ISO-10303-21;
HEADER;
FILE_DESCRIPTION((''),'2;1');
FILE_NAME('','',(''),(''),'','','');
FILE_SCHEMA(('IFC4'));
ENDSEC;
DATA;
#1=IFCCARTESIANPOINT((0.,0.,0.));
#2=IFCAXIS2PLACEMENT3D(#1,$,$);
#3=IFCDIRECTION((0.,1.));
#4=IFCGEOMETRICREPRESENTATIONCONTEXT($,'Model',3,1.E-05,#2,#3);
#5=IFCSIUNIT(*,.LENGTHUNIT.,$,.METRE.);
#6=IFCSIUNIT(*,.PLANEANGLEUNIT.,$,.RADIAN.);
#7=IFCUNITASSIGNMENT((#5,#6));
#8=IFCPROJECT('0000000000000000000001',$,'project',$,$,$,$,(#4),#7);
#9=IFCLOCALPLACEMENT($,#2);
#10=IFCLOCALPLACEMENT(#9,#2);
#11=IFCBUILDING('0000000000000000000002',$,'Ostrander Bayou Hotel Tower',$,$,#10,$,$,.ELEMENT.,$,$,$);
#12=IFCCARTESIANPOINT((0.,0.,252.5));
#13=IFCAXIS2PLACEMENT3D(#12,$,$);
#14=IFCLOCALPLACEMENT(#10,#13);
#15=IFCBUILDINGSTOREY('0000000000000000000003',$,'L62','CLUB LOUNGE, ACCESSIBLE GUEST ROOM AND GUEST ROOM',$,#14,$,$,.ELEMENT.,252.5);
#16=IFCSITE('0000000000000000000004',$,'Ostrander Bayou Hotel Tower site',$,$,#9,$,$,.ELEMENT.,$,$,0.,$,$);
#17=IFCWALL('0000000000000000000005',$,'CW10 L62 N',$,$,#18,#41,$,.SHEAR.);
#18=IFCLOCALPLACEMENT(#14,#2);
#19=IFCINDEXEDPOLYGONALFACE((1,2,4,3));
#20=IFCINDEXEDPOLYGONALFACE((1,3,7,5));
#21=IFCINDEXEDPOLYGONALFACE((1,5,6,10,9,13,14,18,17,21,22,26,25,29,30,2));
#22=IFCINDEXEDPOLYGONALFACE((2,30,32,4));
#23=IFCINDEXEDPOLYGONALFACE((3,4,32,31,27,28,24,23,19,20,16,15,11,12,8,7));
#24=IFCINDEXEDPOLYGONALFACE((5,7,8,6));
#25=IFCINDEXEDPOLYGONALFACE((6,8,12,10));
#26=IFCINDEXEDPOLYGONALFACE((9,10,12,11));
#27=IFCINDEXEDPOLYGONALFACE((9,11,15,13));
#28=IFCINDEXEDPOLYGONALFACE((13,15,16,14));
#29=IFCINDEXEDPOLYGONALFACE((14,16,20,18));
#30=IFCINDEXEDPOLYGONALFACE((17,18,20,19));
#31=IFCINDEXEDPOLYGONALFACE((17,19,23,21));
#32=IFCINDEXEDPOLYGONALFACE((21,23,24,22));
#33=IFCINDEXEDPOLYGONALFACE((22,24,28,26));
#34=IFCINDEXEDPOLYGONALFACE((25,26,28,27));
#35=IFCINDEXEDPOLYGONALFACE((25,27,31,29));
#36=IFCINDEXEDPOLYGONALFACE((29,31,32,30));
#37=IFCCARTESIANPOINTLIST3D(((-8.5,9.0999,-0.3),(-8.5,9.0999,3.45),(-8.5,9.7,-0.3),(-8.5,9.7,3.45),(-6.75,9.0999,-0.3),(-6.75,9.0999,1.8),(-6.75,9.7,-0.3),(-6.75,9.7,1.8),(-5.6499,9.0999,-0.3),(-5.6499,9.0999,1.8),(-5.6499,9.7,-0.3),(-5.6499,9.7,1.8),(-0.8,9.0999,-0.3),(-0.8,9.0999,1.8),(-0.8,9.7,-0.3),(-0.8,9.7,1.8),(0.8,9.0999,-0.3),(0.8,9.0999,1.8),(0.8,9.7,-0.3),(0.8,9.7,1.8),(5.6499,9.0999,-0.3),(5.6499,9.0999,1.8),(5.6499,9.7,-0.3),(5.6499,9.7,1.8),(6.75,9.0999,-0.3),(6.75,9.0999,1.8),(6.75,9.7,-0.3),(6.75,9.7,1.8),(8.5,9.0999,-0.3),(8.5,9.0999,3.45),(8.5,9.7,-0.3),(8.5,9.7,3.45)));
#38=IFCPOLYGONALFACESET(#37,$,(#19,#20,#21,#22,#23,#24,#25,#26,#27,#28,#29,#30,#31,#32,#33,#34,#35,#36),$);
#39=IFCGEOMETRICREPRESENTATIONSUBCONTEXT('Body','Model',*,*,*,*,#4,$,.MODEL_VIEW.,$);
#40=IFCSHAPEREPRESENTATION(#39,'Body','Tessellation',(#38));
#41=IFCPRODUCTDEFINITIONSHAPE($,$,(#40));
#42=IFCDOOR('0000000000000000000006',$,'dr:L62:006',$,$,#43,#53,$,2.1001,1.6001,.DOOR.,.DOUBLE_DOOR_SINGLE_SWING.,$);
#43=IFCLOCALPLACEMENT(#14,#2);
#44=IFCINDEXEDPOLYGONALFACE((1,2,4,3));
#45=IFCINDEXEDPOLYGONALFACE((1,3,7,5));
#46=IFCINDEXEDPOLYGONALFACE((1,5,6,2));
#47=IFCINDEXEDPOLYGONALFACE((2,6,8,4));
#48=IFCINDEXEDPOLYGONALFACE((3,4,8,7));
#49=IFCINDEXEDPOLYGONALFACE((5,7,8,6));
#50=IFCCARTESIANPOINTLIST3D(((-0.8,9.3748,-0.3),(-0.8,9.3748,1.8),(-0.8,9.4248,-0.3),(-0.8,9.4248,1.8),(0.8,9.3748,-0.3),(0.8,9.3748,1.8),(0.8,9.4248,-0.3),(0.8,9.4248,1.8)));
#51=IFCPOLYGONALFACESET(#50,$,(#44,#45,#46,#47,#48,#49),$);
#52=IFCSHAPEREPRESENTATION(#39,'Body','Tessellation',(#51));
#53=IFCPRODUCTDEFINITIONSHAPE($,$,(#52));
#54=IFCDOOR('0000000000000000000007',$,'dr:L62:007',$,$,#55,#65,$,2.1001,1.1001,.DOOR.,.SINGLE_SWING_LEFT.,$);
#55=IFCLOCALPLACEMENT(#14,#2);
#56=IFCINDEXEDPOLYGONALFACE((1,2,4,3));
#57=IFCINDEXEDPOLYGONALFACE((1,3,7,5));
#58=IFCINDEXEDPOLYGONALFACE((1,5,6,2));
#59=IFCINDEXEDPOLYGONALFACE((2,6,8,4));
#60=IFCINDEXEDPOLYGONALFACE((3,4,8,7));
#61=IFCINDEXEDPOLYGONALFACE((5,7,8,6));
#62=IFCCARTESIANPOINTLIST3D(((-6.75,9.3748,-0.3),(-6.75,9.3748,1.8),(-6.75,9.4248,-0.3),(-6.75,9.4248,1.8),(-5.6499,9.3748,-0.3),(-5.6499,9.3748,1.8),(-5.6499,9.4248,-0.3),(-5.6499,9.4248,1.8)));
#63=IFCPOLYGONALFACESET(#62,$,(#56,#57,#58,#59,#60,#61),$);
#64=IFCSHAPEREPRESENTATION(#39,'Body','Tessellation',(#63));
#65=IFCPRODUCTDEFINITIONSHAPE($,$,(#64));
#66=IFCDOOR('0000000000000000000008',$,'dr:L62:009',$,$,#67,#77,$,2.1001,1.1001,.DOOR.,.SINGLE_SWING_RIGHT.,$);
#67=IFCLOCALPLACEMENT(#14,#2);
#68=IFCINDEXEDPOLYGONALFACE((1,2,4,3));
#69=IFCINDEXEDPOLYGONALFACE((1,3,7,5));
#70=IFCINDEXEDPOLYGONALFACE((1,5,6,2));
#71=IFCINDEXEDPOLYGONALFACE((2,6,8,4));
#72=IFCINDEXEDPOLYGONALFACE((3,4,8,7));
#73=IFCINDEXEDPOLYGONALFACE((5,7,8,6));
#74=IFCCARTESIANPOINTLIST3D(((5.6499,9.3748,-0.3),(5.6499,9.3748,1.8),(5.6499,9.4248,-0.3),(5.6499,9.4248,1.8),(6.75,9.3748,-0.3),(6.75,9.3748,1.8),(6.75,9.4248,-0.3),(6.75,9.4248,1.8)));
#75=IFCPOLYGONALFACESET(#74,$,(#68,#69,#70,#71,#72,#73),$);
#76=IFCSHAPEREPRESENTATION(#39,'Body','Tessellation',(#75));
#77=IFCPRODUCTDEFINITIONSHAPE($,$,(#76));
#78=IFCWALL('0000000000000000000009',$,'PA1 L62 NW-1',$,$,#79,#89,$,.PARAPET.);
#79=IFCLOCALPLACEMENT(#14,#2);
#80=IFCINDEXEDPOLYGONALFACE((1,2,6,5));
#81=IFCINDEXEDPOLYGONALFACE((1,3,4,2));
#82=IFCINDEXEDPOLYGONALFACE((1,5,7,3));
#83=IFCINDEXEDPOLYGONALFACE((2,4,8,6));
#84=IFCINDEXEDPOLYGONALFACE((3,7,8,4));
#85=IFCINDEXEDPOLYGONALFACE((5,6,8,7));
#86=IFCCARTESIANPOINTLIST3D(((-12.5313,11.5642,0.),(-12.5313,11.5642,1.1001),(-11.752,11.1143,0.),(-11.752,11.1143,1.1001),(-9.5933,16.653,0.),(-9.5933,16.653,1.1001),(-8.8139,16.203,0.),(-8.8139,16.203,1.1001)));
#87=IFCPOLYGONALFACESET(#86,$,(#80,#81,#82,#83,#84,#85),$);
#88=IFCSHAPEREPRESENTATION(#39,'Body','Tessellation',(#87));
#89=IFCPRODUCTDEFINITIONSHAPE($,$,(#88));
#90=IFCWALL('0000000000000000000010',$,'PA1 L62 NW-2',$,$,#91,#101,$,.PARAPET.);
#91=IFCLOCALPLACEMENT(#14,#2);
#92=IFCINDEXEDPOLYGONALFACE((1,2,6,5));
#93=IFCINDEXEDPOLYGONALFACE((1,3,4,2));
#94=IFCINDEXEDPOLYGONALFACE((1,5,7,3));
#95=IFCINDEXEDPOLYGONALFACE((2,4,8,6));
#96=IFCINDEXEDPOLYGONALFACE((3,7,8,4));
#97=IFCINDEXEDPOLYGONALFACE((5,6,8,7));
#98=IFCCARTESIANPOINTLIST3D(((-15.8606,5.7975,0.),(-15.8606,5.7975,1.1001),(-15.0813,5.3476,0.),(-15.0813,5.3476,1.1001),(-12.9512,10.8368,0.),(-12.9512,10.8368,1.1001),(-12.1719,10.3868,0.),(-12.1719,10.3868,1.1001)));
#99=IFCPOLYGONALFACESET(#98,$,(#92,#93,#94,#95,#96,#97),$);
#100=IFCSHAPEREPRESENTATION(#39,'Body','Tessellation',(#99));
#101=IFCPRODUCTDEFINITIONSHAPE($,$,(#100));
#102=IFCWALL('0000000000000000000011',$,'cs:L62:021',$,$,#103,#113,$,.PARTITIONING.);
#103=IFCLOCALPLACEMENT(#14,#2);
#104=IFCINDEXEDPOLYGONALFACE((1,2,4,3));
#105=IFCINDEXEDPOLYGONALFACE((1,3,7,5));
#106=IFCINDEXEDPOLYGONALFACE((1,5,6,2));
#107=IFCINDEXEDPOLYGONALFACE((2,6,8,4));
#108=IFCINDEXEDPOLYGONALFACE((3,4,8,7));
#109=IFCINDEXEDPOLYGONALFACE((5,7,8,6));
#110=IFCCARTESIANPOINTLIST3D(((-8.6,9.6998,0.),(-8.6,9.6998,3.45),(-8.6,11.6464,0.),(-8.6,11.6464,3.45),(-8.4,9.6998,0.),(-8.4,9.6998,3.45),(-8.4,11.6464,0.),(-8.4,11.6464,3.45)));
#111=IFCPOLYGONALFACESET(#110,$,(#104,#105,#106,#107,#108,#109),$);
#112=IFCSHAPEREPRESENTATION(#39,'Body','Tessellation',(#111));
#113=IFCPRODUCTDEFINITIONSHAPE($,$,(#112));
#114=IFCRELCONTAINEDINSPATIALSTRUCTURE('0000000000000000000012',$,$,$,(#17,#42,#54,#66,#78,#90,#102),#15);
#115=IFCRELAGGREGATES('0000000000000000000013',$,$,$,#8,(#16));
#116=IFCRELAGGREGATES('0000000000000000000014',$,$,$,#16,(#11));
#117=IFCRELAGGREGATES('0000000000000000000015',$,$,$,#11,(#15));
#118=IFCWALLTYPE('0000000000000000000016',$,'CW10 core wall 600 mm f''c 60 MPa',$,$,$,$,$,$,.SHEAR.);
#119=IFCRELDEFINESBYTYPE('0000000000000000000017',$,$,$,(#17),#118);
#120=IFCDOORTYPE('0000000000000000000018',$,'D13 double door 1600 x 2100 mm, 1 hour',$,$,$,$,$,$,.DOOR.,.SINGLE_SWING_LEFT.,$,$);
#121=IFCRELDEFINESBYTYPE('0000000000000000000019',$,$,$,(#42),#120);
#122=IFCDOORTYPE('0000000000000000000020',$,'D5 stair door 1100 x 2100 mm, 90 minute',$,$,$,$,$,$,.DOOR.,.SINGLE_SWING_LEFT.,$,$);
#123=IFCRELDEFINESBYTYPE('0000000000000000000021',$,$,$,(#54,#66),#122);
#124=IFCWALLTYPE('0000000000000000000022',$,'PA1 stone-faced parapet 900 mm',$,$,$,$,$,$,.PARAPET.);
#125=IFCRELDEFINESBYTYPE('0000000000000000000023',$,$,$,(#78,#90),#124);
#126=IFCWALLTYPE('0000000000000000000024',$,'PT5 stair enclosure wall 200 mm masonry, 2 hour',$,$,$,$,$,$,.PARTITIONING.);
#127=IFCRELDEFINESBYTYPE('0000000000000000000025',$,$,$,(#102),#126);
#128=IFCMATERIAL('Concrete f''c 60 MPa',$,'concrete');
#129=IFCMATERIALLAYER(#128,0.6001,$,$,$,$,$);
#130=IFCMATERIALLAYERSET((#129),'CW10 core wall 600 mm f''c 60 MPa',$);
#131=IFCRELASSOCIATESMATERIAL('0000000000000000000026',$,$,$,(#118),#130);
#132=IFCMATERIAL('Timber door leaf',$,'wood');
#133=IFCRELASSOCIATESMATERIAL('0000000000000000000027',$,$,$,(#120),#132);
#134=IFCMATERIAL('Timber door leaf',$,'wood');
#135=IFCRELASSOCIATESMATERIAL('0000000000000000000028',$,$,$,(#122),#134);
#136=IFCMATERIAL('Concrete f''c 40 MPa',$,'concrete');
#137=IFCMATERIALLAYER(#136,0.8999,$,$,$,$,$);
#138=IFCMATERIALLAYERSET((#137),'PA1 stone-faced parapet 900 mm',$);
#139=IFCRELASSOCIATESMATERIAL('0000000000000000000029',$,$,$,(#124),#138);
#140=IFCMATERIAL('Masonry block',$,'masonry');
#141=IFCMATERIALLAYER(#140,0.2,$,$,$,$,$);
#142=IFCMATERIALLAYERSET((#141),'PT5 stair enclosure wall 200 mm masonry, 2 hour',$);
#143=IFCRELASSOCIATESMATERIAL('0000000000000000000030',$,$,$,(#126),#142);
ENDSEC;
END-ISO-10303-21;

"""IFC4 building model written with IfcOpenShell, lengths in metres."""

from ifc_helpers import new_model, si_unit, direction, frame, frame_2d, origin, place, context, subcontext, project, spatial, rectangle, extrude, material, layer, layer_set, type_object, element, fill, save


model = new_model("IFC4")

# Units and contexts
model_context = context("Model", 3, precision=1e-05, world=origin(), true_north=direction((0.0, 1.0)))
body_context = subcontext(model_context, "Body", "Model", "MODEL_VIEW")
ifc_project = project(units=[si_unit("LENGTHUNIT", "METRE"), si_unit("PLANEANGLEUNIT", "RADIAN")], contexts=[model_context])

# Site, building, storey
site_placement = place(None, origin())
site = spatial("IfcSite", under=ifc_project, at=site_placement, Name="Ostrander Bayou Hotel Tower site", CompositionType="ELEMENT", RefElevation=0.0)
building_placement = place(site_placement, origin())
building = spatial("IfcBuilding", under=site, at=building_placement, Name="Ostrander Bayou Hotel Tower", CompositionType="ELEMENT")
storey_placement = place(building_placement, frame((0.0, 0.0, 252.5)))
storey = spatial("IfcBuildingStorey", under=building, at=storey_placement, Name="L62", Description="CLUB LOUNGE, ACCESSIBLE GUEST ROOM AND GUEST ROOM", CompositionType="ELEMENT", Elevation=252.5)

# Wall, openings, doors
ifc_material_1 = material(Name="Concrete f'c 60 MPa", Category="concrete")
ifc_layer_1 = layer(ifc_material_1, 0.6001)
ifc_layer_set_1 = layer_set([ifc_layer_1], Name="CW10 core wall 600 mm f'c 60 MPa")
wall_type_1 = type_object("IfcWallType", Name="CW10 core wall 600 mm f'c 60 MPa", PredefinedType="SHEAR", material=ifc_layer_set_1)
wall_1_placement = place(storey_placement, frame((-8.5, 9.3999, -0.3), z_axis=(0.0, 0.0, 1.0), x_axis=(1.0, 0.0, 0.0)))
wall_1 = element("IfcWall", 1, at=wall_1_placement, inside=storey, type_object=wall_type_1, Name="CW10 L62 N", PredefinedType="SHEAR", context=body_context, shape_type="SweptSolid", body=[
    extrude(rectangle(XDim=17.0, YDim=0.6001, at=frame_2d((8.5, 0.0))), origin(), (0.0, 0.0, 1.0), 3.75),
])
opening_1_placement = place(wall_1_placement, frame((7.7, 0.0, 0.0)))
opening_1 = element("IfcOpeningElement", 2, at=opening_1_placement, cuts=wall_1, PredefinedType="OPENING", context=body_context, shape_type="SweptSolid", body=[
    extrude(rectangle(XDim=1.6001, YDim=2.1001, at=frame_2d((0.8, 1.05))), frame((0.0, 0.3, 0.0), z_axis=(0.0, -1.0, 0.0), x_axis=(1.0, 0.0, 0.0)), (0.0, 0.0, 1.0), 0.6001),
])
opening_2_placement = place(wall_1_placement, frame((1.75, 0.0, 0.0)))
opening_2 = element("IfcOpeningElement", 3, at=opening_2_placement, cuts=wall_1, PredefinedType="OPENING", context=body_context, shape_type="SweptSolid", body=[
    extrude(rectangle(XDim=1.1001, YDim=2.1001, at=frame_2d((0.55, 1.05))), frame((0.0, 0.3, 0.0), z_axis=(0.0, -1.0, 0.0), x_axis=(1.0, 0.0, 0.0)), (0.0, 0.0, 1.0), 0.6001),
])
opening_3_placement = place(wall_1_placement, frame((14.1499, 0.0, 0.0)))
opening_3 = element("IfcOpeningElement", 4, at=opening_3_placement, cuts=wall_1, PredefinedType="OPENING", context=body_context, shape_type="SweptSolid", body=[
    extrude(rectangle(XDim=1.1001, YDim=2.1001, at=frame_2d((0.55, 1.05))), frame((0.0, 0.3, 0.0), z_axis=(0.0, -1.0, 0.0), x_axis=(1.0, 0.0, 0.0)), (0.0, 0.0, 1.0), 0.6001),
])
ifc_material_2 = material(Name="Timber door leaf", Category="wood")
door_type_1 = type_object("IfcDoorType", Name="D13 double door 1600 x 2100 mm, 1 hour", OperationType="SINGLE_SWING_LEFT", PredefinedType="DOOR", material=ifc_material_2)
door_1_placement = place(opening_1_placement, origin())
door_1 = element("IfcDoor", 5, at=door_1_placement, inside=storey, type_object=door_type_1, Name="dr:L62:006", OperationType="DOUBLE_DOOR_SINGLE_SWING", OverallHeight=2.1001, OverallWidth=1.6001, PredefinedType="DOOR", context=body_context, shape_type="SweptSolid", body=[
    extrude(rectangle(XDim=1.6001, YDim=2.1001, at=frame_2d((0.8, 1.05))), frame((0.0, 0.0249, 0.0), z_axis=(0.0, -1.0, 0.0), x_axis=(1.0, 0.0, 0.0)), (0.0, 0.0, 1.0), 0.05),
])
fill(opening_1, door_1)
ifc_material_3 = material(Name="Timber door leaf", Category="wood")
door_type_2 = type_object("IfcDoorType", Name="D5 stair door 1100 x 2100 mm, 90 minute", OperationType="SINGLE_SWING_LEFT", PredefinedType="DOOR", material=ifc_material_3)
door_2_placement = place(opening_2_placement, origin())
door_2 = element("IfcDoor", 6, at=door_2_placement, inside=storey, type_object=door_type_2, Name="dr:L62:007", OperationType="SINGLE_SWING_LEFT", OverallHeight=2.1001, OverallWidth=1.1001, PredefinedType="DOOR", context=body_context, shape_type="SweptSolid", body=[
    extrude(rectangle(XDim=1.1001, YDim=2.1001, at=frame_2d((0.55, 1.05))), frame((0.0, 0.0249, 0.0), z_axis=(0.0, -1.0, 0.0), x_axis=(1.0, 0.0, 0.0)), (0.0, 0.0, 1.0), 0.05),
])
fill(opening_2, door_2)
door_3_placement = place(opening_3_placement, origin())
door_3 = element("IfcDoor", 7, at=door_3_placement, inside=storey, type_object=door_type_2, Name="dr:L62:009", OperationType="SINGLE_SWING_RIGHT", OverallHeight=2.1001, OverallWidth=1.1001, PredefinedType="DOOR", context=body_context, shape_type="SweptSolid", body=[
    extrude(rectangle(XDim=1.1001, YDim=2.1001, at=frame_2d((0.55, 1.05))), frame((0.0, 0.0249, 0.0), z_axis=(0.0, -1.0, 0.0), x_axis=(1.0, 0.0, 0.0)), (0.0, 0.0, 1.0), 0.05),
])
fill(opening_3, door_3)

# Walls
ifc_material_4 = material(Name="Concrete f'c 40 MPa", Category="concrete")
ifc_layer_2 = layer(ifc_material_4, 0.8999)
ifc_layer_set_2 = layer_set([ifc_layer_2], Name="PA1 stone-faced parapet 900 mm")
wall_type_2 = type_object("IfcWallType", Name="PA1 stone-faced parapet 900 mm", PredefinedType="PARAPET", material=ifc_layer_set_2)
wall_2_placement = place(storey_placement, frame((-9.2036, 16.428, 0.0), z_axis=(0.0, 0.0, 1.0), x_axis=(-0.500009, -0.86602, 0.0)))
element("IfcWall", 8, at=wall_2_placement, inside=storey, type_object=wall_type_2, Name="PA1 L62 NW-1", PredefinedType="PARAPET", context=body_context, shape_type="SweptSolid", body=[
    extrude(rectangle(XDim=5.876, YDim=0.8999, at=frame_2d((2.938, 0.0))), origin(), (0.0, 0.0, 1.0), 1.1001),
])
wall_3_placement = place(storey_placement, frame((-12.5615, 10.6118, 0.0), z_axis=(0.0, 0.0, 1.0), x_axis=(-0.499997, -0.866027, 0.0)))
element("IfcWall", 9, at=wall_3_placement, inside=storey, type_object=wall_type_2, Name="PA1 L62 NW-2", PredefinedType="PARAPET", context=body_context, shape_type="SweptSolid", body=[
    extrude(rectangle(XDim=5.8188, YDim=0.8999, at=frame_2d((2.9094, 0.0))), origin(), (0.0, 0.0, 1.0), 1.1001),
])

# Shared definitions
ifc_material_5 = material(Name="Masonry block", Category="masonry")
ifc_layer_3 = layer(ifc_material_5, 0.2)
ifc_layer_set_3 = layer_set([ifc_layer_3], Name="PT5 stair enclosure wall 200 mm masonry, 2 hour")
wall_type_3 = type_object("IfcWallType", Name="PT5 stair enclosure wall 200 mm masonry, 2 hour", PredefinedType="PARTITIONING", material=ifc_layer_set_3)

# Wall
wall_4_placement = place(storey_placement, frame((-8.5, 9.7, 0.0), z_axis=(0.0, 0.0, 1.0), x_axis=(0.0, 1.0, 0.0)))
element("IfcWall", 10, at=wall_4_placement, inside=storey, type_object=wall_type_3, Name="cs:L62:021", PredefinedType="PARTITIONING", context=body_context, shape_type="SweptSolid", body=[
    extrude(rectangle(XDim=1.9465, YDim=0.2, at=frame_2d((0.9731, 0.0))), origin(), (0.0, 0.0, 1.0), 3.45),
])

save(model, "model.ifc")
